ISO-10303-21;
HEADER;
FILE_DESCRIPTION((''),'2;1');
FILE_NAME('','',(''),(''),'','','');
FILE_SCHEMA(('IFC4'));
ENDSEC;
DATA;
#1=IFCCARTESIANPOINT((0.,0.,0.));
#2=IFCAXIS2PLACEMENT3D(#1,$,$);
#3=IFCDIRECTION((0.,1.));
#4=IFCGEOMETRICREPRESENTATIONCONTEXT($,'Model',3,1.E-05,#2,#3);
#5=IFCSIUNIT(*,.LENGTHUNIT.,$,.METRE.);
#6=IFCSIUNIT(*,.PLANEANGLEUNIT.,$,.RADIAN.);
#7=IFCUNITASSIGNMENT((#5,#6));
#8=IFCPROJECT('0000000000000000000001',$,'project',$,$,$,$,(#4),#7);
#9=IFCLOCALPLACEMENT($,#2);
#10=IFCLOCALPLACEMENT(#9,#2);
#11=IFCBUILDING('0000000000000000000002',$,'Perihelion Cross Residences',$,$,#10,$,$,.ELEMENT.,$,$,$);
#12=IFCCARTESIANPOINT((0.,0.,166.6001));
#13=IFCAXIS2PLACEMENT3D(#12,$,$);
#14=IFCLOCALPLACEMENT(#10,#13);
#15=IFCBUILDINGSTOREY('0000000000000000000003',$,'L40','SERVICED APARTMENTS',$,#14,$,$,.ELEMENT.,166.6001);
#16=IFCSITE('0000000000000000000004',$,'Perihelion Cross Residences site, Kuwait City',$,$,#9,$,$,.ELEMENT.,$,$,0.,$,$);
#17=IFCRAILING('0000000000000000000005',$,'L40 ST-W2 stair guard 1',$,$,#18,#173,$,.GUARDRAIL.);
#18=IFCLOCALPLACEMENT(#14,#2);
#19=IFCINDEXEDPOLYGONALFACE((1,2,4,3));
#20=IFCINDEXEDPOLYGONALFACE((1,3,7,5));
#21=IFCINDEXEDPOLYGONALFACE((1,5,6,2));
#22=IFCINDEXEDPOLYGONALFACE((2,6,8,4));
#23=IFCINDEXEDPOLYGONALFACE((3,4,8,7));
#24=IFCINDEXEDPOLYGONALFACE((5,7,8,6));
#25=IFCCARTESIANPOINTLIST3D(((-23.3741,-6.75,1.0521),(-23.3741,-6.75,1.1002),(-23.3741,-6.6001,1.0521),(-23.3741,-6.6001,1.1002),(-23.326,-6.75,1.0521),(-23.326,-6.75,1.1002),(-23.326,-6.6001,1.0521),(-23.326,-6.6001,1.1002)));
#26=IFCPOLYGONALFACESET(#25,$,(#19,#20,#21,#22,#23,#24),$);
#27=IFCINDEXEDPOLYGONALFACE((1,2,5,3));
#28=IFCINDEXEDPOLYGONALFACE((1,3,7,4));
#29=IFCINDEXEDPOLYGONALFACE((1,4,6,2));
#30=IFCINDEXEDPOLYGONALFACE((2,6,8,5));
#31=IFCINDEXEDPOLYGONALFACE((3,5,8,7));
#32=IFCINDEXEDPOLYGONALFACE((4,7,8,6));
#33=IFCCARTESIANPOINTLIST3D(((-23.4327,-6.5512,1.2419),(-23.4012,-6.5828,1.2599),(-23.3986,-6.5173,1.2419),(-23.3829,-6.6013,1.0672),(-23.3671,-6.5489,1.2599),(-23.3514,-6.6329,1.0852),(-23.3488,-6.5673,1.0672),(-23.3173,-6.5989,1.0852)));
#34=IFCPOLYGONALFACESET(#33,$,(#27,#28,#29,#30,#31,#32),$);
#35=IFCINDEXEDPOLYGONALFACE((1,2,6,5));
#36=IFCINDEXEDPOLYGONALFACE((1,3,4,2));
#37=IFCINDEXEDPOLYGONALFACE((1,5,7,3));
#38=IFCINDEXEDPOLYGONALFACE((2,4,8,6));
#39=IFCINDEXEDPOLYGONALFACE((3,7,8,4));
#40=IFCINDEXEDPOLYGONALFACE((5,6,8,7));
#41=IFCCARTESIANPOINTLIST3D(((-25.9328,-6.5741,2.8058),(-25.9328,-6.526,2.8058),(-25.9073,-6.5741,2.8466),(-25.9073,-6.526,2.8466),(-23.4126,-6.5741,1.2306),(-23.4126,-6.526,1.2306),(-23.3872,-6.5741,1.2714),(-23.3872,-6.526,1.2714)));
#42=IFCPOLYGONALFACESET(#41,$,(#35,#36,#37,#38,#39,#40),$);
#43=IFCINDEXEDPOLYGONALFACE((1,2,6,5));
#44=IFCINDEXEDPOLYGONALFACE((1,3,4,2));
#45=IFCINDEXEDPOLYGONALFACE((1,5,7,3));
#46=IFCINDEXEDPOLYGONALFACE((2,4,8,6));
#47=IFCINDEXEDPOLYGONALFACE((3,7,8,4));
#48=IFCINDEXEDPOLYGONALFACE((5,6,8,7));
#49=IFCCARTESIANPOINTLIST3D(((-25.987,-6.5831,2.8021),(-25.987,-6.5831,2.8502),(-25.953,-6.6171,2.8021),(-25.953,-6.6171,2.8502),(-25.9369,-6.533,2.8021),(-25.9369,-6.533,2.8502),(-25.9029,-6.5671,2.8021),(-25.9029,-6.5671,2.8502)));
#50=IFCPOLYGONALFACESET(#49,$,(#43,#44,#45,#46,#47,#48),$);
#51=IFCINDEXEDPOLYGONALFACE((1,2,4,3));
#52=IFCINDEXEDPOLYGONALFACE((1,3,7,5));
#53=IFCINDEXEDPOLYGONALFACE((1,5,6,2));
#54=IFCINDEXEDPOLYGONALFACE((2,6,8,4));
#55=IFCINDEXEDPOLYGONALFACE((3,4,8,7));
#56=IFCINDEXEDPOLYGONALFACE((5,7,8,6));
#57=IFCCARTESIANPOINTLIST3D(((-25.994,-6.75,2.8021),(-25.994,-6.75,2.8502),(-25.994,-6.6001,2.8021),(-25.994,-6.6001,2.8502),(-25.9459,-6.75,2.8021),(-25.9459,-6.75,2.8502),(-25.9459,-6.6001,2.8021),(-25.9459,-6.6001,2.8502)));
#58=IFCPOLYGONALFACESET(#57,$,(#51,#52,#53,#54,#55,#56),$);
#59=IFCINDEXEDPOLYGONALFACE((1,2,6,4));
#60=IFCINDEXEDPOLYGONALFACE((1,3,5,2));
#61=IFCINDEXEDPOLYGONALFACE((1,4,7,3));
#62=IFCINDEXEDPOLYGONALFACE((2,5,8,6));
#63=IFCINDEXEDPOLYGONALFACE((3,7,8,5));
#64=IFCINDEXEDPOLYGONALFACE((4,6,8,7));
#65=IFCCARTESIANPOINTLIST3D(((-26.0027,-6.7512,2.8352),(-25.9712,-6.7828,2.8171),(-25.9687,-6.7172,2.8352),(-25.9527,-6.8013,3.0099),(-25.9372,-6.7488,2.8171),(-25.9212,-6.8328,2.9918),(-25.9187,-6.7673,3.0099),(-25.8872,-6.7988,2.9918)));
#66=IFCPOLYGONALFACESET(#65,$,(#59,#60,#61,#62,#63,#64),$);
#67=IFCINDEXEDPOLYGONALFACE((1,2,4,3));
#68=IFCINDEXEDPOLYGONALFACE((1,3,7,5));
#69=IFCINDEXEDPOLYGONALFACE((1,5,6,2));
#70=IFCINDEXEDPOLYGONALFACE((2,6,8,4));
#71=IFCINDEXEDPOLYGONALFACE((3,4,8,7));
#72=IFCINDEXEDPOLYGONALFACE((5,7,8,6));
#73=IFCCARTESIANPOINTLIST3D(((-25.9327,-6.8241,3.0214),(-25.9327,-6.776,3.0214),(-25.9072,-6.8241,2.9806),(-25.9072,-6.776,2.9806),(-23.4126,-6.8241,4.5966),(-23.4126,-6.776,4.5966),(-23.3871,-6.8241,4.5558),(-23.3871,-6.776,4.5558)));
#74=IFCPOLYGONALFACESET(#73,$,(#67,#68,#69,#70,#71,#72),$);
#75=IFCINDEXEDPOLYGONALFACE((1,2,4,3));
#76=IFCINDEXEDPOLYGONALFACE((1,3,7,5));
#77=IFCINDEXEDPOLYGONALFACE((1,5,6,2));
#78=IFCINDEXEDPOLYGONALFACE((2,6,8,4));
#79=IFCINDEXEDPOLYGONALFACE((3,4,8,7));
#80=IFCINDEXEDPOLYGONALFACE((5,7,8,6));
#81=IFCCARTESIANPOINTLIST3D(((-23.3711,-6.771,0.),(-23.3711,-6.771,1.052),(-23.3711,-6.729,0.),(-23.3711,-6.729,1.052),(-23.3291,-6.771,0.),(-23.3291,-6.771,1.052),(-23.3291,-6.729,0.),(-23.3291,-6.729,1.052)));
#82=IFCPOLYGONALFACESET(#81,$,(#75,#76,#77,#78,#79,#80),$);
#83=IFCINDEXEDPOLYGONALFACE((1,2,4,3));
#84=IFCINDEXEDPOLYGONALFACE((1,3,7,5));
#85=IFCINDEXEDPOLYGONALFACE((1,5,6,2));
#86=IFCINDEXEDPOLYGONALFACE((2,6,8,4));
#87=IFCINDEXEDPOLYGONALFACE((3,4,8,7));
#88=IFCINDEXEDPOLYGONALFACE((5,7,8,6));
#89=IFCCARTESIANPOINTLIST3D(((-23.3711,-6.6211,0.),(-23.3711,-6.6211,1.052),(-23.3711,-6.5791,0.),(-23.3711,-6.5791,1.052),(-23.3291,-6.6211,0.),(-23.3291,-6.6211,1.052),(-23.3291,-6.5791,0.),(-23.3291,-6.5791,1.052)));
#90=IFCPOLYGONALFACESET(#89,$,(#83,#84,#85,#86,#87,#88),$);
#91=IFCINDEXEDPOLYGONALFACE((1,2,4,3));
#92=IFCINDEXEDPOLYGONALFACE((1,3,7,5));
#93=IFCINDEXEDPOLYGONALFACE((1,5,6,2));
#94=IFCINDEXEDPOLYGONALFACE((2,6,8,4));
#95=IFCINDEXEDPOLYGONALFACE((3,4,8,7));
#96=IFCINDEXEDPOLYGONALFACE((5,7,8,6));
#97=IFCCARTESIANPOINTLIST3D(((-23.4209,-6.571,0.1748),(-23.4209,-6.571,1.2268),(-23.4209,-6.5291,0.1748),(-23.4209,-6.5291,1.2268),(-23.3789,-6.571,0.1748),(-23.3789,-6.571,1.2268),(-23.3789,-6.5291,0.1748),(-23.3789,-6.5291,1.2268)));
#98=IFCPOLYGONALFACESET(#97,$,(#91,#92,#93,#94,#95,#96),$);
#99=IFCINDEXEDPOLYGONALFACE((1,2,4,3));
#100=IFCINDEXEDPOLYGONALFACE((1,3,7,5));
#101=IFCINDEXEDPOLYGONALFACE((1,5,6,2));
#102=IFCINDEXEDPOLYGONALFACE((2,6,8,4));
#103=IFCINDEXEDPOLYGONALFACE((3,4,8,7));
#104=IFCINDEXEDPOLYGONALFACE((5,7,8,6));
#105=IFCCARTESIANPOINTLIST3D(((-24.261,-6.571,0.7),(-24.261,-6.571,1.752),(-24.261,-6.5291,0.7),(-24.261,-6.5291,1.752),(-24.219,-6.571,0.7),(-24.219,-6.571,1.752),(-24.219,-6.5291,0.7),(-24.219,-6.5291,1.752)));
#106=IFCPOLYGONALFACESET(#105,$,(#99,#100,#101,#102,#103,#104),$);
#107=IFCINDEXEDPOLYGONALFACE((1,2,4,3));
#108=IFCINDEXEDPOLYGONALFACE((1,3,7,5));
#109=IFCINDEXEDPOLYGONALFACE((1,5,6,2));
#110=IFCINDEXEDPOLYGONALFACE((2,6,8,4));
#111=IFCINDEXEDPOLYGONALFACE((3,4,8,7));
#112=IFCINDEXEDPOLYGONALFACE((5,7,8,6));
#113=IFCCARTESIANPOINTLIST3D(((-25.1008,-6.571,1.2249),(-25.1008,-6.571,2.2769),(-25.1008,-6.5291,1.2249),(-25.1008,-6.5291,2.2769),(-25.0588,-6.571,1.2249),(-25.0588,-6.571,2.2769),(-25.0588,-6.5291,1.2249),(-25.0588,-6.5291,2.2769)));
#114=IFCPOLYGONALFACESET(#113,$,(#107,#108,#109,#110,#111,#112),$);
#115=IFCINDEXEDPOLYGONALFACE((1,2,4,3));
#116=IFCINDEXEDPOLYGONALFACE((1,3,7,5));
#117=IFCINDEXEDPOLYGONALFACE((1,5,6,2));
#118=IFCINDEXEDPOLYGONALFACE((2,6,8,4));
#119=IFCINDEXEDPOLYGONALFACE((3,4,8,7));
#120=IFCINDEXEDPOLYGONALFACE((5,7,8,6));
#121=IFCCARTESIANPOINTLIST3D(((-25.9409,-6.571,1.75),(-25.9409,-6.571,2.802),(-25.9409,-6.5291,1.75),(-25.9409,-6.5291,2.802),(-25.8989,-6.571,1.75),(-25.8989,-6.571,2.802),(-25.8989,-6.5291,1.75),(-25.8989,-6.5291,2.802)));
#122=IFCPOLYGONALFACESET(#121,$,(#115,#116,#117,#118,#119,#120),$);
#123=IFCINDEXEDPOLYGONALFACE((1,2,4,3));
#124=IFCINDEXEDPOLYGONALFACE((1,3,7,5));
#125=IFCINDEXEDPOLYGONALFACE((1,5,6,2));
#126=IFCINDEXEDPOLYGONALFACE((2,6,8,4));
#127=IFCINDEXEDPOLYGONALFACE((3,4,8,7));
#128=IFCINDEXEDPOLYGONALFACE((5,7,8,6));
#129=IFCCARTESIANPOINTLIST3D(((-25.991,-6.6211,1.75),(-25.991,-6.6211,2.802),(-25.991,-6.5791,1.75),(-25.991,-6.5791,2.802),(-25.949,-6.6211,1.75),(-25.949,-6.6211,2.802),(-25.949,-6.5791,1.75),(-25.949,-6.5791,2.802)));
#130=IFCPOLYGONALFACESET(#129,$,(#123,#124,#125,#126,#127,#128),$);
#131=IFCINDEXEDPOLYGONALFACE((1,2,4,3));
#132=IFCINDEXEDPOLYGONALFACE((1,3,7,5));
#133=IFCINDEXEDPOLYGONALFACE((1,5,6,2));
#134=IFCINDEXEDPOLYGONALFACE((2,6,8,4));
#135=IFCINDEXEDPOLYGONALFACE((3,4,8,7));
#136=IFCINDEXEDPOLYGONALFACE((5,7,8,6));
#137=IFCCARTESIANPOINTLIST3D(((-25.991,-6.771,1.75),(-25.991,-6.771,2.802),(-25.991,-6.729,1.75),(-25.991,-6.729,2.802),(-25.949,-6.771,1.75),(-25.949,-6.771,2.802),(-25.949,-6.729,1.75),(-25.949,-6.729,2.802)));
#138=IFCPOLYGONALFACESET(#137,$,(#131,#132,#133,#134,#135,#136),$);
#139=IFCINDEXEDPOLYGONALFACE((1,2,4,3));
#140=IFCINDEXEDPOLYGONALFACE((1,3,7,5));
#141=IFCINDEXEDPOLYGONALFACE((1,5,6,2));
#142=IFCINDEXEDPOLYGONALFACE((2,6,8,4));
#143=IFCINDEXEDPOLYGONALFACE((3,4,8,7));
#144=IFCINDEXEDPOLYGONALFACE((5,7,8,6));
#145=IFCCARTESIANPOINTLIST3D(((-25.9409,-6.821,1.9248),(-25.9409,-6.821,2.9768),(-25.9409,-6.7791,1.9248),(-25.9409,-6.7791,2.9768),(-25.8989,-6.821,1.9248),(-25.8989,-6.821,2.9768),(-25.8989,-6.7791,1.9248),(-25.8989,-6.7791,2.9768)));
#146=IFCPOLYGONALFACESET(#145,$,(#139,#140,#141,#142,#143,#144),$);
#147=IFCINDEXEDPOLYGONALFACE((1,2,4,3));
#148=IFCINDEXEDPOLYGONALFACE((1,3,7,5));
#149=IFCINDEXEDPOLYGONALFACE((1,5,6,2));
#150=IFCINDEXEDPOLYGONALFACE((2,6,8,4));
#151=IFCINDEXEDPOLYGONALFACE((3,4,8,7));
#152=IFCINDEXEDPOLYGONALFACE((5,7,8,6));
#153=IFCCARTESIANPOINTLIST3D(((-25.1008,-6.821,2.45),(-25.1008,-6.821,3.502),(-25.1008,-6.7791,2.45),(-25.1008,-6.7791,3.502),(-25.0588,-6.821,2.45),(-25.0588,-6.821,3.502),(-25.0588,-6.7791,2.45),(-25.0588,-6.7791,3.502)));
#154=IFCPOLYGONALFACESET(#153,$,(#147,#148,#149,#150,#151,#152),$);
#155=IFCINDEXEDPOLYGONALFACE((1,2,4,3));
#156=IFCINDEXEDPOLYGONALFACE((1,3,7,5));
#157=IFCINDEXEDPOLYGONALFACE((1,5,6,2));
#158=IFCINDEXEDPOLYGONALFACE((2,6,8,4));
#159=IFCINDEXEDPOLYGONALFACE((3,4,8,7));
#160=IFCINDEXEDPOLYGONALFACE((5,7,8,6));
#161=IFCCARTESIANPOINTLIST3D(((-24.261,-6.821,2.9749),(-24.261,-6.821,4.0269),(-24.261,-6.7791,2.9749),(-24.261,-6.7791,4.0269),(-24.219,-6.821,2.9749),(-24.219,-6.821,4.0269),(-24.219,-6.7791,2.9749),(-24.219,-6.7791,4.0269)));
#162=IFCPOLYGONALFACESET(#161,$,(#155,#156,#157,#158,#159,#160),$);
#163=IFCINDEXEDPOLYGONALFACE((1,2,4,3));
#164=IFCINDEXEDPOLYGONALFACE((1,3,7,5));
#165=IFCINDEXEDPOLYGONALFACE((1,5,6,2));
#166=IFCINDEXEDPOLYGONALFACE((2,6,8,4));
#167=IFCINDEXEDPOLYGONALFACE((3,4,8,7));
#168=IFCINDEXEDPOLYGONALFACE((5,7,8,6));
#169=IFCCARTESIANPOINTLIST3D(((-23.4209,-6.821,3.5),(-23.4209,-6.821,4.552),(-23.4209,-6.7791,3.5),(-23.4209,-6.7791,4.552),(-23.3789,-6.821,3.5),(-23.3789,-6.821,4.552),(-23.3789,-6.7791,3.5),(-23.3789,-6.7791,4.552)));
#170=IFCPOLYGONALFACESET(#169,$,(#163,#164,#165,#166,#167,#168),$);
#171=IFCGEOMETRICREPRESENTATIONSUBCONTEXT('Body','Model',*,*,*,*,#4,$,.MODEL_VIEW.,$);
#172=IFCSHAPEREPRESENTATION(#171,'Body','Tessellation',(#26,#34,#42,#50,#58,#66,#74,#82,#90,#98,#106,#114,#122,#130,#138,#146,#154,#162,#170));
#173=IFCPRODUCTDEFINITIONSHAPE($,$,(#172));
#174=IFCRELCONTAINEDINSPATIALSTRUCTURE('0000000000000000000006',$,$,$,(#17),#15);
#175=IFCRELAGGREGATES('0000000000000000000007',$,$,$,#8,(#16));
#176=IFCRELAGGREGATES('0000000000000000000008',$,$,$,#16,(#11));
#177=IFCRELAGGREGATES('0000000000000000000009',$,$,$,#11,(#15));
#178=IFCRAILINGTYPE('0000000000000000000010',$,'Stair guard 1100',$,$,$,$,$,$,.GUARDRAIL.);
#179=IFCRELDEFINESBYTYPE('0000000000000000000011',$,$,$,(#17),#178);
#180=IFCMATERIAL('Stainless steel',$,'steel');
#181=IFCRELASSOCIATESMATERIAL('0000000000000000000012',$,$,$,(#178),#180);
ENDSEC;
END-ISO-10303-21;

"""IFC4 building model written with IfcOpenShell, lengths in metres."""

from ifc_helpers import new_model, si_unit, direction, frame, origin, origin_2d, place, context, subcontext, project, spatial, rectangle, extrude, material, type_object, element, save


model = new_model("IFC4")

# Units and contexts
model_context = context("Model", 3, precision=1e-05, world=origin(), true_north=direction((0.0, 1.0)))
body_context = subcontext(model_context, "Body", "Model", "MODEL_VIEW")
ifc_project = project(units=[si_unit("LENGTHUNIT", "METRE"), si_unit("PLANEANGLEUNIT", "RADIAN")], contexts=[model_context])

# Site, building, storey
site_placement = place(None, origin())
site = spatial("IfcSite", under=ifc_project, at=site_placement, Name="Perihelion Cross Residences site, Kuwait City", CompositionType="ELEMENT", RefElevation=0.0)
building_placement = place(site_placement, origin())
building = spatial("IfcBuilding", under=site, at=building_placement, Name="Perihelion Cross Residences", CompositionType="ELEMENT")
storey_placement = place(building_placement, frame((0.0, 0.0, 166.6001)))
storey = spatial("IfcBuildingStorey", under=building, at=storey_placement, Name="L40", Description="SERVICED APARTMENTS", CompositionType="ELEMENT", Elevation=166.6001)

# Railing
ifc_material_1 = material(Name="Stainless steel", Category="steel")
railing_type_1 = type_object("IfcRailingType", Name="Stair guard 1100", PredefinedType="GUARDRAIL", material=ifc_material_1)
railing_1_placement = place(storey_placement, frame((-23.3501, -6.75, 0.0)))
element("IfcRailing", 1, at=railing_1_placement, inside=storey, type_object=railing_type_1, Name="L40 ST-W2 stair guard 1", PredefinedType="GUARDRAIL", context=body_context, shape_type="SweptSolid", body=[
    extrude(rectangle(XDim=0.0481, YDim=0.0481, at=origin_2d()), frame((0.0, 0.0, 1.0762), z_axis=(0.0, 1.0, 0.0), x_axis=(-1.0, 0.0, 0.0)), (0.0, 0.0, 1.0), 0.1499),
    extrude(rectangle(XDim=0.0481, YDim=0.0481, at=origin_2d()), frame((0.0, 0.1499, 1.0762), z_axis=(-0.264179, 0.265474, 0.927218), x_axis=(-0.708834, -0.705376, 0.0)), (0.0, 0.0, 1.0), 0.1885),
    extrude(rectangle(XDim=0.0481, YDim=0.0481, at=origin_2d()), frame((-0.0498, 0.2, 1.251), z_axis=(-0.847971, 0.0, 0.530043), x_axis=(0.0, -1.0, 0.0)), (0.0, 0.0, 1.0), 2.9719),
    extrude(rectangle(XDim=0.0481, YDim=0.0481, at=origin_2d()), frame((-2.5698, 0.2, 2.8262), z_axis=(-0.707107, -0.707107, 0.0), x_axis=(0.707107, -0.707107, 0.0)), (0.0, 0.0, 1.0), 0.0708),
    extrude(rectangle(XDim=0.0481, YDim=0.0481, at=origin_2d()), frame((-2.6199, 0.1499, 2.8262), z_axis=(0.0, -1.0, 0.0), x_axis=(1.0, 0.0, 0.0)), (0.0, 0.0, 1.0), 0.1499),
    extrude(rectangle(XDim=0.0481, YDim=0.0481, at=origin_2d()), frame((-2.6199, 0.0, 2.8262), z_axis=(0.265383, -0.265383, 0.9269), x_axis=(0.707107, 0.707107, 0.0)), (0.0, 0.0, 1.0), 0.1885),
    extrude(rectangle(XDim=0.0481, YDim=0.0481, at=origin_2d()), frame((-2.5698, -0.05, 3.001), z_axis=(0.847971, 0.0, 0.530043), x_axis=(0.0, 1.0, 0.0)), (0.0, 0.0, 1.0), 2.9719),
    extrude(rectangle(XDim=0.042, YDim=0.042, at=origin_2d()), origin(), (0.0, 0.0, 1.0), 1.052),
    extrude(rectangle(XDim=0.042, YDim=0.042, at=origin_2d()), frame((0.0, 0.1499, 0.0)), (0.0, 0.0, 1.0), 1.052),
    extrude(rectangle(XDim=0.042, YDim=0.042, at=origin_2d()), frame((-0.0498, 0.2, 0.1748)), (0.0, 0.0, 1.0), 1.052),
    extrude(rectangle(XDim=0.042, YDim=0.042, at=origin_2d()), frame((-0.8899, 0.2, 0.7)), (0.0, 0.0, 1.0), 1.052),
    extrude(rectangle(XDim=0.042, YDim=0.042, at=origin_2d()), frame((-1.7297, 0.2, 1.2249)), (0.0, 0.0, 1.0), 1.052),
    extrude(rectangle(XDim=0.042, YDim=0.042, at=origin_2d()), frame((-2.5698, 0.2, 1.75)), (0.0, 0.0, 1.0), 1.052),
    extrude(rectangle(XDim=0.042, YDim=0.042, at=origin_2d()), frame((-2.6199, 0.1499, 1.75)), (0.0, 0.0, 1.0), 1.052),
    extrude(rectangle(XDim=0.042, YDim=0.042, at=origin_2d()), frame((-2.6199, 0.0, 1.75)), (0.0, 0.0, 1.0), 1.052),
    extrude(rectangle(XDim=0.042, YDim=0.042, at=origin_2d()), frame((-2.5698, -0.05, 1.9248)), (0.0, 0.0, 1.0), 1.052),
    extrude(rectangle(XDim=0.042, YDim=0.042, at=origin_2d()), frame((-1.7297, -0.05, 2.45)), (0.0, 0.0, 1.0), 1.052),
    extrude(rectangle(XDim=0.042, YDim=0.042, at=origin_2d()), frame((-0.8899, -0.05, 2.9749)), (0.0, 0.0, 1.0), 1.052),
    extrude(rectangle(XDim=0.042, YDim=0.042, at=origin_2d()), frame((-0.0498, -0.05, 3.5)), (0.0, 0.0, 1.0), 1.052),
])

save(model, "model.ifc")
